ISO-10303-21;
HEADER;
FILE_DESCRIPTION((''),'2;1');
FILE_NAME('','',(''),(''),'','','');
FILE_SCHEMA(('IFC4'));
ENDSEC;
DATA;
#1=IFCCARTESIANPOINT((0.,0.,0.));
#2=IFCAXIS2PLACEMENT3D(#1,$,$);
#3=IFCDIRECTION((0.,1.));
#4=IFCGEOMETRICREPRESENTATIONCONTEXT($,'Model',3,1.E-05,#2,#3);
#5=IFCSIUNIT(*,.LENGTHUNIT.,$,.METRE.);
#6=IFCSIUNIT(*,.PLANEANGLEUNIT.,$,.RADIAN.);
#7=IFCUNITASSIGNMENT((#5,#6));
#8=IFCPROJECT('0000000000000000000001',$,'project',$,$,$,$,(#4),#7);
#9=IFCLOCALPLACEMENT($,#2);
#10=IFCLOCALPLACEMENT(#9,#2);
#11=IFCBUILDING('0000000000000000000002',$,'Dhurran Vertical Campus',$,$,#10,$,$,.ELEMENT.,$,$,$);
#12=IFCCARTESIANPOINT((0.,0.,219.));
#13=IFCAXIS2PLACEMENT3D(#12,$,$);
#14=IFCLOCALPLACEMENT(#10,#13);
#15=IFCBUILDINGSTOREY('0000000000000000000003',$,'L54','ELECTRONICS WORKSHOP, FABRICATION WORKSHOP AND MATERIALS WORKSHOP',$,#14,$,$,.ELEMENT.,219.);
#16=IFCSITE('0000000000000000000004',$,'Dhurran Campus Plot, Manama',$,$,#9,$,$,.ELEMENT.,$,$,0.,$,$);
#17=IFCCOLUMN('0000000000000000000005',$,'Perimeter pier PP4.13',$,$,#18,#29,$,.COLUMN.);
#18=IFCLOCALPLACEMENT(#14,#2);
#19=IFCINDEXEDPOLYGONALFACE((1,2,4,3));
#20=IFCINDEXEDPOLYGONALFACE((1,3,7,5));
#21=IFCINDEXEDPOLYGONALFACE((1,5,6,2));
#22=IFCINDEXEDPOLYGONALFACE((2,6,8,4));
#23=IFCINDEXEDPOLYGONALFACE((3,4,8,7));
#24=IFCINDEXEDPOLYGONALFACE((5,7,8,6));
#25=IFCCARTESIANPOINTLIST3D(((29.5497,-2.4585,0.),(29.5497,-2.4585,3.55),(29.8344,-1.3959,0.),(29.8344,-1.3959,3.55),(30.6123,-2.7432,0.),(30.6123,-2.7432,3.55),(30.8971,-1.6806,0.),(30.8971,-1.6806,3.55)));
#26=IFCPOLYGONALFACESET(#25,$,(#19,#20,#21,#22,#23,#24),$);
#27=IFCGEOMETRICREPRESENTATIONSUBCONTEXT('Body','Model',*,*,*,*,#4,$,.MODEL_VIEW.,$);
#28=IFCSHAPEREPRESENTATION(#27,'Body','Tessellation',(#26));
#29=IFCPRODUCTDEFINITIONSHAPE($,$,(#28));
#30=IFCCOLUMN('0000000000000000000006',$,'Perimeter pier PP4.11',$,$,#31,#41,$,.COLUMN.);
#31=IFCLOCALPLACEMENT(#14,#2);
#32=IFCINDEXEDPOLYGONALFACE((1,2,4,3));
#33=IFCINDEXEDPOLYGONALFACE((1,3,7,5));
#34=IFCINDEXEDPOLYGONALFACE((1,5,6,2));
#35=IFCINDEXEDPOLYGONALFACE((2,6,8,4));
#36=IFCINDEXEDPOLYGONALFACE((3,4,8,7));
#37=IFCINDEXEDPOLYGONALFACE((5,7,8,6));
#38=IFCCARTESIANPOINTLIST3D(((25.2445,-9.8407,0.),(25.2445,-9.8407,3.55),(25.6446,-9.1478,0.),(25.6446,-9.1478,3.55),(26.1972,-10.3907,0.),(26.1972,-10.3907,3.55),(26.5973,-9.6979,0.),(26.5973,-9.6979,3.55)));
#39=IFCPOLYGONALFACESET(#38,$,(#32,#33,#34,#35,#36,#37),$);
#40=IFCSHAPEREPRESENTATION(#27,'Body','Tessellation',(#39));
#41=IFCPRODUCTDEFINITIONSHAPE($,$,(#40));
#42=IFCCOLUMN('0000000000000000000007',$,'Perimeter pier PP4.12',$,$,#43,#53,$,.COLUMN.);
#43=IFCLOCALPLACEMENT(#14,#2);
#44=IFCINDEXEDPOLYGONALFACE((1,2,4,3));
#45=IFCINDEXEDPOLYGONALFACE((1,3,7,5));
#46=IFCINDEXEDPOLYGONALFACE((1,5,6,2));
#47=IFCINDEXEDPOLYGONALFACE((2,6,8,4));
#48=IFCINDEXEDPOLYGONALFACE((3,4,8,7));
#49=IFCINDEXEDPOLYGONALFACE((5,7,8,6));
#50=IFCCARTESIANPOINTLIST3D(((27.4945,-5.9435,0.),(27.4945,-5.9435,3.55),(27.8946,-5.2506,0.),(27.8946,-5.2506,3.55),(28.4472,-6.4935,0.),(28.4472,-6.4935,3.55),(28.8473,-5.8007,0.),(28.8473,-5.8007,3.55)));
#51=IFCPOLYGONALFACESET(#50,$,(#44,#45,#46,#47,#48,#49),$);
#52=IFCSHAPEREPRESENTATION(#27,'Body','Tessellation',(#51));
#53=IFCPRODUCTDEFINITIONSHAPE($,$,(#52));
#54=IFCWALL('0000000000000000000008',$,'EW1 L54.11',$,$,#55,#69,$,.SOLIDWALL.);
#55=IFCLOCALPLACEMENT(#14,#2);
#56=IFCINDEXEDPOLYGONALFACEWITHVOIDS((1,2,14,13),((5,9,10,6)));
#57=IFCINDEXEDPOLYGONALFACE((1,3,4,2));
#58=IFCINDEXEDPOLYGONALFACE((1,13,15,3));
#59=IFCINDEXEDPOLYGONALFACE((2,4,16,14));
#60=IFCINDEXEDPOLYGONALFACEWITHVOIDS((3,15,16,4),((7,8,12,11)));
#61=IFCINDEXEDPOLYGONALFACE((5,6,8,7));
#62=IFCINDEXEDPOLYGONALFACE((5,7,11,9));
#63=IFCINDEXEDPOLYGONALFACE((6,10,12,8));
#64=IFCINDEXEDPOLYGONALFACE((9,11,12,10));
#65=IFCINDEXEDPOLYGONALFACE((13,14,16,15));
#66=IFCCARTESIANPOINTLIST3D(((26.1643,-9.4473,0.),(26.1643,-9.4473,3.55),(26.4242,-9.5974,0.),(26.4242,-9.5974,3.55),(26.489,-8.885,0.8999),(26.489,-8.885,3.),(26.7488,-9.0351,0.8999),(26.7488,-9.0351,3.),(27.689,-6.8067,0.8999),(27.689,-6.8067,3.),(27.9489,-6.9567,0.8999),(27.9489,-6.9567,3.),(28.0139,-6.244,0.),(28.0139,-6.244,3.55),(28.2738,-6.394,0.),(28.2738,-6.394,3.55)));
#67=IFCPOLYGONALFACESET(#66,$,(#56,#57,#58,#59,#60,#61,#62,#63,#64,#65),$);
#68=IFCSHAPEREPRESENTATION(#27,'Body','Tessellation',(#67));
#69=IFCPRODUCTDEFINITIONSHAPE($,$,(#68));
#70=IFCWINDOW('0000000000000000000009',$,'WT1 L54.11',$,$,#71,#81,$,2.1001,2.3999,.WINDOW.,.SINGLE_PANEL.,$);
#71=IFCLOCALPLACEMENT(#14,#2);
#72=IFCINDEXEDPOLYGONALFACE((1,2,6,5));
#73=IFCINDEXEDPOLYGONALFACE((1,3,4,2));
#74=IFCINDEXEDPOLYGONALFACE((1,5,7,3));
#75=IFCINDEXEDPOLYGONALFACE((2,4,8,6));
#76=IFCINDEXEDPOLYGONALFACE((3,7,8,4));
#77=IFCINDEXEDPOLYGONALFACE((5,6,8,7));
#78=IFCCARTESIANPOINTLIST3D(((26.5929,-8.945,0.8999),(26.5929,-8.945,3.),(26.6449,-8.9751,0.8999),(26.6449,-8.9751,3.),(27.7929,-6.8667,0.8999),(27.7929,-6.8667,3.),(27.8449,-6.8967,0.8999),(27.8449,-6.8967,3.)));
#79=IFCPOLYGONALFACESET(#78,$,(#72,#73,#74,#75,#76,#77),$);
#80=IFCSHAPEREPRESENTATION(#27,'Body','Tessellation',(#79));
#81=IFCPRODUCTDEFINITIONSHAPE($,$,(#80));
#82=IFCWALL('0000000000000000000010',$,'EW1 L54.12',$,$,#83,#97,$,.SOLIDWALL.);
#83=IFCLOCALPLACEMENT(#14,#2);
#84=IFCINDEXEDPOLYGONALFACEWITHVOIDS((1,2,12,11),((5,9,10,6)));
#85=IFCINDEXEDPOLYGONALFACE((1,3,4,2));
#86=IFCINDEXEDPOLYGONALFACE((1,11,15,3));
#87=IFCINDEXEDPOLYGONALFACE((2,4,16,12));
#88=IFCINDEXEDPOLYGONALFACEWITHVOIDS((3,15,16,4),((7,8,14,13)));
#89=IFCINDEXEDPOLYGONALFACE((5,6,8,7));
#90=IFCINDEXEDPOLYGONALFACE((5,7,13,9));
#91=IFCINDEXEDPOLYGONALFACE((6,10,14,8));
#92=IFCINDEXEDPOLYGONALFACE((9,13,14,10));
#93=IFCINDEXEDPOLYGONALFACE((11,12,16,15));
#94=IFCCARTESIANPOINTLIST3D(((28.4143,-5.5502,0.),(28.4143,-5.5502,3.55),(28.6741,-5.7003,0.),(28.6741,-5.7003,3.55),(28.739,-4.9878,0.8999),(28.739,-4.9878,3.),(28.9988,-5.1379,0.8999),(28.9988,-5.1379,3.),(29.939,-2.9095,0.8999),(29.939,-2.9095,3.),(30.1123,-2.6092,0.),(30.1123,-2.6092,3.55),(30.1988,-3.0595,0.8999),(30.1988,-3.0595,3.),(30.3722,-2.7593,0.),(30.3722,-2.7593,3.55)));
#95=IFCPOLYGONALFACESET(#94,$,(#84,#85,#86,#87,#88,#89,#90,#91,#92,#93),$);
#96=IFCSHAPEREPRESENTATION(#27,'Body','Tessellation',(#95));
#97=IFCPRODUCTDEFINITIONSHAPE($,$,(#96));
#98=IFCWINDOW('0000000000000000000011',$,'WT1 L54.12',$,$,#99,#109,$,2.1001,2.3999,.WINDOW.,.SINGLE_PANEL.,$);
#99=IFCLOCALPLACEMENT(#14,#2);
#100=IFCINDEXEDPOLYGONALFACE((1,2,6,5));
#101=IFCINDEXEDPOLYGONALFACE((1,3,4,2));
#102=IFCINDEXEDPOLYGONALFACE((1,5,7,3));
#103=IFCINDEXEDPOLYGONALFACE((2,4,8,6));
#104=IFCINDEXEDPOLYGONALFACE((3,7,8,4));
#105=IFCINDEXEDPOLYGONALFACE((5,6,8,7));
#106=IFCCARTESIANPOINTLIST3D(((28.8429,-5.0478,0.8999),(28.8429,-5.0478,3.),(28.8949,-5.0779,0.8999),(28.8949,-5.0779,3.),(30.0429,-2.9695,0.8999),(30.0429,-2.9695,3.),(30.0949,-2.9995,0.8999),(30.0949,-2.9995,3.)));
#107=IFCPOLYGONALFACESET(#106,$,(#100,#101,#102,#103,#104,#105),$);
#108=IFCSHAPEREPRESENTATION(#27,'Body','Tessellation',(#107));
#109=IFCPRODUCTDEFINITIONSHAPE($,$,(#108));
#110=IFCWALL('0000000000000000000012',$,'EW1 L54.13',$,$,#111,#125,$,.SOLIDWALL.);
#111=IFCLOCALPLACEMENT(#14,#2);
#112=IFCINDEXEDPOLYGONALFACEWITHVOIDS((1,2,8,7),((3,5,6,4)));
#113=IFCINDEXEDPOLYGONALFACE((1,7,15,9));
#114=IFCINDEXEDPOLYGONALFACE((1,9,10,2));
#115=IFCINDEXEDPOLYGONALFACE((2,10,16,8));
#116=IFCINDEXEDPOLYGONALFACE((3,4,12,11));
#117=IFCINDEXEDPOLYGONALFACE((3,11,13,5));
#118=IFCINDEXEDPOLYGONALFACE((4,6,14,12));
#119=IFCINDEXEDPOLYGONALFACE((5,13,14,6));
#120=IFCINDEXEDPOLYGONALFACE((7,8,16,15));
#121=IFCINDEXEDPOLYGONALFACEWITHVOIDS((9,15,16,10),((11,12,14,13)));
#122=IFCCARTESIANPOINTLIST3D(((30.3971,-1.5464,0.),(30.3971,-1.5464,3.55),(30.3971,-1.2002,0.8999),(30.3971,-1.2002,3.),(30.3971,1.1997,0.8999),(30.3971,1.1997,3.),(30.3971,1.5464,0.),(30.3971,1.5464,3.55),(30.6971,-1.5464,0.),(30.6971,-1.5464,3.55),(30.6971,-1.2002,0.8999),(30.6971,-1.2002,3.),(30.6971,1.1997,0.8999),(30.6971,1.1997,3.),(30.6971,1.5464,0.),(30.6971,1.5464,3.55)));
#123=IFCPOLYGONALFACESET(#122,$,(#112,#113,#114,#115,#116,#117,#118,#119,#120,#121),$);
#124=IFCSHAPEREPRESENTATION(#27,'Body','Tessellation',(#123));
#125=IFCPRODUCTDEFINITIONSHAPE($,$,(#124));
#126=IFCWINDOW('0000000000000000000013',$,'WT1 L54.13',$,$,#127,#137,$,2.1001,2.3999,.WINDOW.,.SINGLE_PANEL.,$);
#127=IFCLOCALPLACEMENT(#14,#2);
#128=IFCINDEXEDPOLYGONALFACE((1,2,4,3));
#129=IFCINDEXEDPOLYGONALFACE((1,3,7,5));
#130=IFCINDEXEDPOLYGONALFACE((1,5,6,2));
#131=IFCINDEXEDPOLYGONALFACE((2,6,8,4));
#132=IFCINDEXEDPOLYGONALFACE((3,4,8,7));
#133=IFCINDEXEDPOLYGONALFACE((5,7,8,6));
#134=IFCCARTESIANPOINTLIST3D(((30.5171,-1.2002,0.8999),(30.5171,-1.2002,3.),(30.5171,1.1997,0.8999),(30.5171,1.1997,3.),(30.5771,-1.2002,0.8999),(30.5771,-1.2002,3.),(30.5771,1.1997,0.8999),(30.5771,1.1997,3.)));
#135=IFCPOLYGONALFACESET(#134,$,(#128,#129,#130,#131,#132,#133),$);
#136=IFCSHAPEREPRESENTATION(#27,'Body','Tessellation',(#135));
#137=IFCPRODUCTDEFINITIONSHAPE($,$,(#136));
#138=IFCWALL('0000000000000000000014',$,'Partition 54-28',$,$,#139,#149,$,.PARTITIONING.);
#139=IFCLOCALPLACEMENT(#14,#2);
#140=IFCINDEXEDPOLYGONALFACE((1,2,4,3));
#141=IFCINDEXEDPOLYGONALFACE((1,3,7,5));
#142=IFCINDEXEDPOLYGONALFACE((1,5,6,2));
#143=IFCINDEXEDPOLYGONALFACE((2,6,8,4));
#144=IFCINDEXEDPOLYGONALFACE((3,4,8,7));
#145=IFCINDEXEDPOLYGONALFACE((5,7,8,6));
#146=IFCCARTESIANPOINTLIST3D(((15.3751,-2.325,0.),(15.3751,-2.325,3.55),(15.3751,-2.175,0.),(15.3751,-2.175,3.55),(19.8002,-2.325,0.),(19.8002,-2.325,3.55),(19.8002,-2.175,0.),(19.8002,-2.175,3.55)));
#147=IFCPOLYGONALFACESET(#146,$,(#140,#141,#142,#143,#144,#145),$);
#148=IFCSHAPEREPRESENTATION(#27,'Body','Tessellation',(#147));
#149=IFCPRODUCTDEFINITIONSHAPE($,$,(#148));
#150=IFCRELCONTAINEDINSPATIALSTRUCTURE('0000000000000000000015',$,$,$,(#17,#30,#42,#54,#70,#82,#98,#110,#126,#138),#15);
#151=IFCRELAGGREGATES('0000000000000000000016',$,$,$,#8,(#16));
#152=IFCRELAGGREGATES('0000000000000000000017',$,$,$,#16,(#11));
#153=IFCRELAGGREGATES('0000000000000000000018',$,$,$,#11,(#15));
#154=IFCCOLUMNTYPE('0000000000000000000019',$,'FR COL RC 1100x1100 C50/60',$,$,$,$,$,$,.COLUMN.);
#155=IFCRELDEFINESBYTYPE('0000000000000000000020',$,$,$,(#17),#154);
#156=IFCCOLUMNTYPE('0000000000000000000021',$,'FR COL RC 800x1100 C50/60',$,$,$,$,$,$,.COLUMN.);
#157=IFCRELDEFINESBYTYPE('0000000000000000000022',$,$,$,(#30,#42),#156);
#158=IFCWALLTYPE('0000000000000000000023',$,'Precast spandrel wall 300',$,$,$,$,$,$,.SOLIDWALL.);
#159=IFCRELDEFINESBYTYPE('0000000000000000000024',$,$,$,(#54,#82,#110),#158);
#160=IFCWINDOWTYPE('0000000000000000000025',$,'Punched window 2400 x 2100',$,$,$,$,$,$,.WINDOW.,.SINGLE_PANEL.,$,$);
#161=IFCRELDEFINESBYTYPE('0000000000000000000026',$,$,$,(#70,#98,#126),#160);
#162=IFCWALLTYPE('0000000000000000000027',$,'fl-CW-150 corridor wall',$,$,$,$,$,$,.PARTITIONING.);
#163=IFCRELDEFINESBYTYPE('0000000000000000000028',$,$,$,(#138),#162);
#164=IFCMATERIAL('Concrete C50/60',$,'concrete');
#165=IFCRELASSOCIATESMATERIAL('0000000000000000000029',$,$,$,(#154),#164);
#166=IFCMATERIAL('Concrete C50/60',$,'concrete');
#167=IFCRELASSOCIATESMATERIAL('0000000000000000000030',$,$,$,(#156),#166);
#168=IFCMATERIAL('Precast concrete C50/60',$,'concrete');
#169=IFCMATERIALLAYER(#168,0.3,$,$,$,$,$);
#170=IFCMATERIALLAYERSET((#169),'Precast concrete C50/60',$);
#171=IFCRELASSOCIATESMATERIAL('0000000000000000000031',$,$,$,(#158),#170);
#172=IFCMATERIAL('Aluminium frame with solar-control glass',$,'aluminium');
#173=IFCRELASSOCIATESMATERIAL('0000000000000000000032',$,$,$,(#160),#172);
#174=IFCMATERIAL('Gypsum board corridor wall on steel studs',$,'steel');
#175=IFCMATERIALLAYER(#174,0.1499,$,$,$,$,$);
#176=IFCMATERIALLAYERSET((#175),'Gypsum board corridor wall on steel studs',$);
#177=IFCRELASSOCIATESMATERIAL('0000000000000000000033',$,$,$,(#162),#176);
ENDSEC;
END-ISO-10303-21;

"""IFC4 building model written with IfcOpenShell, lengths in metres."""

from ifc_helpers import new_model, si_unit, direction, frame, frame_2d, origin, origin_2d, place, context, subcontext, project, spatial, rectangle, extrude, material, layer, layer_set, material_profile, profile_set, type_object, element, fill, save


model = new_model("IFC4")

# Units and contexts
model_context = context("Model", 3, precision=1e-05, world=origin(), true_north=direction((0.0, 1.0)))
body_context = subcontext(model_context, "Body", "Model", "MODEL_VIEW")
ifc_project = project(units=[si_unit("LENGTHUNIT", "METRE"), si_unit("PLANEANGLEUNIT", "RADIAN")], contexts=[model_context])

# Site, building, storey
site_placement = place(None, origin())
site = spatial("IfcSite", under=ifc_project, at=site_placement, Name="Dhurran Campus Plot, Manama", CompositionType="ELEMENT", RefElevation=0.0)
building_placement = place(site_placement, origin())
building = spatial("IfcBuilding", under=site, at=building_placement, Name="Dhurran Vertical Campus", CompositionType="ELEMENT")
storey_placement = place(building_placement, frame((0.0, 0.0, 219.0)))
storey = spatial("IfcBuildingStorey", under=building, at=storey_placement, Name="L54", Description="ELECTRONICS WORKSHOP, FABRICATION WORKSHOP AND MATERIALS WORKSHOP", CompositionType="ELEMENT", Elevation=219.0)

# Columns
ifc_material_1 = material(Name="Concrete C50/60", Category="concrete")
ifc_material_profile_1 = material_profile(ifc_material_1, rectangle(XDim=1.1001, YDim=1.1001, at=origin_2d()), Name="RC 1100x1100")
ifc_profile_set_1 = profile_set([ifc_material_profile_1], Name="Concrete C50/60")
column_type_1 = type_object("IfcColumnType", Name="FR COL RC 1100x1100 C50/60", PredefinedType="COLUMN", material=ifc_profile_set_1)
column_placement = place(storey_placement, frame((30.2234, -2.0696, 0.0), z_axis=(0.0, 0.0, 1.0), x_axis=(0.258819, 0.965926, 0.0)))
element("IfcColumn", 1, at=column_placement, inside=storey, type_object=column_type_1, Name="Perimeter pier PP4.13", PredefinedType="COLUMN", context=body_context, shape_type="SweptSolid", body=[
    extrude(rectangle(XDim=1.1001, YDim=1.1001, at=origin_2d()), origin(), (0.0, 0.0, 1.0), 3.55),
])
ifc_material_2 = material(Name="Concrete C50/60", Category="concrete")
ifc_material_profile_2 = material_profile(ifc_material_2, rectangle(XDim=0.8, YDim=1.1001, at=origin_2d()), Name="RC 800x1100")
ifc_profile_set_2 = profile_set([ifc_material_profile_2], Name="Concrete C50/60")
column_type_2 = type_object("IfcColumnType", Name="FR COL RC 800x1100 C50/60", PredefinedType="COLUMN", material=ifc_profile_set_2)
for number, where, z_axis, x_axis, name in (
    (2, (25.9209, -9.7693, 0.0), (0.0, 0.0, 1.0), (0.5, 0.866025, 0.0), "Perimeter pier PP4.11"),
    (3, (28.1709, -5.8721, 0.0), (0.0, 0.0, 1.0), (0.5, 0.866025, 0.0), "Perimeter pier PP4.12"),
):
    element("IfcColumn", number, at=place(storey_placement, frame(where, z_axis=z_axis, x_axis=x_axis)), inside=storey, type_object=column_type_2, Name=name, PredefinedType="COLUMN", context=body_context, shape_type="SweptSolid", body=[
        extrude(rectangle(XDim=0.8, YDim=1.1001, at=origin_2d()), origin(), (0.0, 0.0, 1.0), 3.55),
    ])

# Walls, openings, windows
ifc_material_3 = material(Name="Precast concrete C50/60", Category="concrete")
ifc_layer_1 = layer(ifc_material_3, 0.3)
ifc_layer_set_1 = layer_set([ifc_layer_1], Name="Precast concrete C50/60")
wall_type_1 = type_object("IfcWallType", Name="Precast spandrel wall 300", PredefinedType="SOLIDWALL", material=ifc_layer_set_1)
wall_1_placement = place(storey_placement, frame((26.2942, -9.5225, 0.0), z_axis=(0.0, 0.0, 1.0), x_axis=(0.500029, 0.866009, 0.0)))
wall_1 = element("IfcWall", 4, at=wall_1_placement, inside=storey, type_object=wall_type_1, Name="EW1 L54.11", PredefinedType="SOLIDWALL", context=body_context, shape_type="SweptSolid", body=[
    extrude(rectangle(XDim=3.699, YDim=0.3, at=frame_2d((1.8496, 0.0))), origin(), (0.0, 0.0, 1.0), 3.55),
])
opening_1_placement = place(wall_1_placement, frame((0.6494, 0.0, 0.8999)))
opening_1 = element("IfcOpeningElement", 5, at=opening_1_placement, cuts=wall_1, PredefinedType="OPENING", context=body_context, shape_type="SweptSolid", body=[
    extrude(rectangle(XDim=2.3999, YDim=2.1001, at=frame_2d((1.2, 1.05))), frame((0.0, 0.1599, 0.0), z_axis=(0.0, -1.0, 0.0), x_axis=(1.0, 0.0, 0.0)), (0.0, 0.0, 1.0), 0.3201),
])
ifc_material_4 = material(Name="Aluminium frame with solar-control glass", Category="aluminium")
window_type = type_object("IfcWindowType", Name="Punched window 2400 x 2100", PartitioningType="SINGLE_PANEL", PredefinedType="WINDOW", material=ifc_material_4)
window_1_placement = place(opening_1_placement, origin())
window_1 = element("IfcWindow", 6, at=window_1_placement, inside=storey, type_object=window_type, Name="WT1 L54.11", OverallHeight=2.1001, OverallWidth=2.3999, PartitioningType="SINGLE_PANEL", PredefinedType="WINDOW", context=body_context, shape_type="SweptSolid", body=[
    extrude(rectangle(XDim=2.3999, YDim=2.1001, at=frame_2d((1.2, 1.05))), frame((0.0, 0.03, 0.0), z_axis=(0.0, -1.0, 0.0), x_axis=(1.0, 0.0, 0.0)), (0.0, 0.0, 1.0), 0.0601),
])
fill(opening_1, window_1)
wall_2_placement = place(storey_placement, frame((28.5442, -5.6252, 0.0), z_axis=(0.0, 0.0, 1.0), x_axis=(0.500013, 0.866018, 0.0)))
wall_2 = element("IfcWall", 7, at=wall_2_placement, inside=storey, type_object=wall_type_1, Name="EW1 L54.12", PredefinedType="SOLIDWALL", context=body_context, shape_type="SweptSolid", body=[
    extrude(rectangle(XDim=3.396, YDim=0.3, at=frame_2d((1.698, 0.0))), origin(), (0.0, 0.0, 1.0), 3.55),
])
opening_2_placement = place(wall_2_placement, frame((0.6494, 0.0, 0.8999)))
opening_2 = element("IfcOpeningElement", 8, at=opening_2_placement, cuts=wall_2, PredefinedType="OPENING", context=body_context, shape_type="SweptSolid", body=[
    extrude(rectangle(XDim=2.3999, YDim=2.1001, at=frame_2d((1.2, 1.05))), frame((0.0, 0.1599, 0.0), z_axis=(0.0, -1.0, 0.0), x_axis=(1.0, 0.0, 0.0)), (0.0, 0.0, 1.0), 0.3201),
])
window_2_placement = place(opening_2_placement, origin())
window_2 = element("IfcWindow", 9, at=window_2_placement, inside=storey, type_object=window_type, Name="WT1 L54.12", OverallHeight=2.1001, OverallWidth=2.3999, PartitioningType="SINGLE_PANEL", PredefinedType="WINDOW", context=body_context, shape_type="SweptSolid", body=[
    extrude(rectangle(XDim=2.3999, YDim=2.1001, at=frame_2d((1.2, 1.05))), frame((0.0, 0.03, 0.0), z_axis=(0.0, -1.0, 0.0), x_axis=(1.0, 0.0, 0.0)), (0.0, 0.0, 1.0), 0.0601),
])
fill(opening_2, window_2)
wall_3_placement = place(storey_placement, frame((30.5471, -1.5464, 0.0), z_axis=(0.0, 0.0, 1.0), x_axis=(0.0, 1.0, 0.0)))
wall_3 = element("IfcWall", 10, at=wall_3_placement, inside=storey, type_object=wall_type_1, Name="EW1 L54.13", PredefinedType="SOLIDWALL", context=body_context, shape_type="SweptSolid", body=[
    extrude(rectangle(XDim=3.0928, YDim=0.3, at=frame_2d((1.5464, 0.0))), origin(), (0.0, 0.0, 1.0), 3.55),
])
opening_3_placement = place(wall_3_placement, frame((0.3462, 0.0, 0.8999)))
opening_3 = element("IfcOpeningElement", 11, at=opening_3_placement, cuts=wall_3, PredefinedType="OPENING", context=body_context, shape_type="SweptSolid", body=[
    extrude(rectangle(XDim=2.3999, YDim=2.1001, at=frame_2d((1.2, 1.05))), frame((0.0, 0.1599, 0.0), z_axis=(0.0, -1.0, 0.0), x_axis=(1.0, 0.0, 0.0)), (0.0, 0.0, 1.0), 0.3201),
])
window_3_placement = place(opening_3_placement, origin())
window_3 = element("IfcWindow", 12, at=window_3_placement, inside=storey, type_object=window_type, Name="WT1 L54.13", OverallHeight=2.1001, OverallWidth=2.3999, PartitioningType="SINGLE_PANEL", PredefinedType="WINDOW", context=body_context, shape_type="SweptSolid", body=[
    extrude(rectangle(XDim=2.3999, YDim=2.1001, at=frame_2d((1.2, 1.05))), frame((0.0, 0.03, 0.0), z_axis=(0.0, -1.0, 0.0), x_axis=(1.0, 0.0, 0.0)), (0.0, 0.0, 1.0), 0.0601),
])
fill(opening_3, window_3)

# Wall
ifc_material_5 = material(Name="Gypsum board corridor wall on steel studs", Category="steel")
ifc_layer_2 = layer(ifc_material_5, 0.1499)
ifc_layer_set_2 = layer_set([ifc_layer_2], Name="Gypsum board corridor wall on steel studs")
wall_type_2 = type_object("IfcWallType", Name="fl-CW-150 corridor wall", PredefinedType="PARTITIONING", material=ifc_layer_set_2)
wall_4_placement = place(storey_placement, frame((19.8, -2.25, 0.0), z_axis=(0.0, 0.0, 1.0), x_axis=(-1.0, 0.0, 0.0)))
element("IfcWall", 13, at=wall_4_placement, inside=storey, type_object=wall_type_2, Name="Partition 54-28", PredefinedType="PARTITIONING", context=body_context, shape_type="SweptSolid", body=[
    extrude(rectangle(XDim=4.425, YDim=0.1499, at=frame_2d((2.2124, 0.0))), origin(), (0.0, 0.0, 1.0), 3.55),
])

save(model, "model.ifc")
